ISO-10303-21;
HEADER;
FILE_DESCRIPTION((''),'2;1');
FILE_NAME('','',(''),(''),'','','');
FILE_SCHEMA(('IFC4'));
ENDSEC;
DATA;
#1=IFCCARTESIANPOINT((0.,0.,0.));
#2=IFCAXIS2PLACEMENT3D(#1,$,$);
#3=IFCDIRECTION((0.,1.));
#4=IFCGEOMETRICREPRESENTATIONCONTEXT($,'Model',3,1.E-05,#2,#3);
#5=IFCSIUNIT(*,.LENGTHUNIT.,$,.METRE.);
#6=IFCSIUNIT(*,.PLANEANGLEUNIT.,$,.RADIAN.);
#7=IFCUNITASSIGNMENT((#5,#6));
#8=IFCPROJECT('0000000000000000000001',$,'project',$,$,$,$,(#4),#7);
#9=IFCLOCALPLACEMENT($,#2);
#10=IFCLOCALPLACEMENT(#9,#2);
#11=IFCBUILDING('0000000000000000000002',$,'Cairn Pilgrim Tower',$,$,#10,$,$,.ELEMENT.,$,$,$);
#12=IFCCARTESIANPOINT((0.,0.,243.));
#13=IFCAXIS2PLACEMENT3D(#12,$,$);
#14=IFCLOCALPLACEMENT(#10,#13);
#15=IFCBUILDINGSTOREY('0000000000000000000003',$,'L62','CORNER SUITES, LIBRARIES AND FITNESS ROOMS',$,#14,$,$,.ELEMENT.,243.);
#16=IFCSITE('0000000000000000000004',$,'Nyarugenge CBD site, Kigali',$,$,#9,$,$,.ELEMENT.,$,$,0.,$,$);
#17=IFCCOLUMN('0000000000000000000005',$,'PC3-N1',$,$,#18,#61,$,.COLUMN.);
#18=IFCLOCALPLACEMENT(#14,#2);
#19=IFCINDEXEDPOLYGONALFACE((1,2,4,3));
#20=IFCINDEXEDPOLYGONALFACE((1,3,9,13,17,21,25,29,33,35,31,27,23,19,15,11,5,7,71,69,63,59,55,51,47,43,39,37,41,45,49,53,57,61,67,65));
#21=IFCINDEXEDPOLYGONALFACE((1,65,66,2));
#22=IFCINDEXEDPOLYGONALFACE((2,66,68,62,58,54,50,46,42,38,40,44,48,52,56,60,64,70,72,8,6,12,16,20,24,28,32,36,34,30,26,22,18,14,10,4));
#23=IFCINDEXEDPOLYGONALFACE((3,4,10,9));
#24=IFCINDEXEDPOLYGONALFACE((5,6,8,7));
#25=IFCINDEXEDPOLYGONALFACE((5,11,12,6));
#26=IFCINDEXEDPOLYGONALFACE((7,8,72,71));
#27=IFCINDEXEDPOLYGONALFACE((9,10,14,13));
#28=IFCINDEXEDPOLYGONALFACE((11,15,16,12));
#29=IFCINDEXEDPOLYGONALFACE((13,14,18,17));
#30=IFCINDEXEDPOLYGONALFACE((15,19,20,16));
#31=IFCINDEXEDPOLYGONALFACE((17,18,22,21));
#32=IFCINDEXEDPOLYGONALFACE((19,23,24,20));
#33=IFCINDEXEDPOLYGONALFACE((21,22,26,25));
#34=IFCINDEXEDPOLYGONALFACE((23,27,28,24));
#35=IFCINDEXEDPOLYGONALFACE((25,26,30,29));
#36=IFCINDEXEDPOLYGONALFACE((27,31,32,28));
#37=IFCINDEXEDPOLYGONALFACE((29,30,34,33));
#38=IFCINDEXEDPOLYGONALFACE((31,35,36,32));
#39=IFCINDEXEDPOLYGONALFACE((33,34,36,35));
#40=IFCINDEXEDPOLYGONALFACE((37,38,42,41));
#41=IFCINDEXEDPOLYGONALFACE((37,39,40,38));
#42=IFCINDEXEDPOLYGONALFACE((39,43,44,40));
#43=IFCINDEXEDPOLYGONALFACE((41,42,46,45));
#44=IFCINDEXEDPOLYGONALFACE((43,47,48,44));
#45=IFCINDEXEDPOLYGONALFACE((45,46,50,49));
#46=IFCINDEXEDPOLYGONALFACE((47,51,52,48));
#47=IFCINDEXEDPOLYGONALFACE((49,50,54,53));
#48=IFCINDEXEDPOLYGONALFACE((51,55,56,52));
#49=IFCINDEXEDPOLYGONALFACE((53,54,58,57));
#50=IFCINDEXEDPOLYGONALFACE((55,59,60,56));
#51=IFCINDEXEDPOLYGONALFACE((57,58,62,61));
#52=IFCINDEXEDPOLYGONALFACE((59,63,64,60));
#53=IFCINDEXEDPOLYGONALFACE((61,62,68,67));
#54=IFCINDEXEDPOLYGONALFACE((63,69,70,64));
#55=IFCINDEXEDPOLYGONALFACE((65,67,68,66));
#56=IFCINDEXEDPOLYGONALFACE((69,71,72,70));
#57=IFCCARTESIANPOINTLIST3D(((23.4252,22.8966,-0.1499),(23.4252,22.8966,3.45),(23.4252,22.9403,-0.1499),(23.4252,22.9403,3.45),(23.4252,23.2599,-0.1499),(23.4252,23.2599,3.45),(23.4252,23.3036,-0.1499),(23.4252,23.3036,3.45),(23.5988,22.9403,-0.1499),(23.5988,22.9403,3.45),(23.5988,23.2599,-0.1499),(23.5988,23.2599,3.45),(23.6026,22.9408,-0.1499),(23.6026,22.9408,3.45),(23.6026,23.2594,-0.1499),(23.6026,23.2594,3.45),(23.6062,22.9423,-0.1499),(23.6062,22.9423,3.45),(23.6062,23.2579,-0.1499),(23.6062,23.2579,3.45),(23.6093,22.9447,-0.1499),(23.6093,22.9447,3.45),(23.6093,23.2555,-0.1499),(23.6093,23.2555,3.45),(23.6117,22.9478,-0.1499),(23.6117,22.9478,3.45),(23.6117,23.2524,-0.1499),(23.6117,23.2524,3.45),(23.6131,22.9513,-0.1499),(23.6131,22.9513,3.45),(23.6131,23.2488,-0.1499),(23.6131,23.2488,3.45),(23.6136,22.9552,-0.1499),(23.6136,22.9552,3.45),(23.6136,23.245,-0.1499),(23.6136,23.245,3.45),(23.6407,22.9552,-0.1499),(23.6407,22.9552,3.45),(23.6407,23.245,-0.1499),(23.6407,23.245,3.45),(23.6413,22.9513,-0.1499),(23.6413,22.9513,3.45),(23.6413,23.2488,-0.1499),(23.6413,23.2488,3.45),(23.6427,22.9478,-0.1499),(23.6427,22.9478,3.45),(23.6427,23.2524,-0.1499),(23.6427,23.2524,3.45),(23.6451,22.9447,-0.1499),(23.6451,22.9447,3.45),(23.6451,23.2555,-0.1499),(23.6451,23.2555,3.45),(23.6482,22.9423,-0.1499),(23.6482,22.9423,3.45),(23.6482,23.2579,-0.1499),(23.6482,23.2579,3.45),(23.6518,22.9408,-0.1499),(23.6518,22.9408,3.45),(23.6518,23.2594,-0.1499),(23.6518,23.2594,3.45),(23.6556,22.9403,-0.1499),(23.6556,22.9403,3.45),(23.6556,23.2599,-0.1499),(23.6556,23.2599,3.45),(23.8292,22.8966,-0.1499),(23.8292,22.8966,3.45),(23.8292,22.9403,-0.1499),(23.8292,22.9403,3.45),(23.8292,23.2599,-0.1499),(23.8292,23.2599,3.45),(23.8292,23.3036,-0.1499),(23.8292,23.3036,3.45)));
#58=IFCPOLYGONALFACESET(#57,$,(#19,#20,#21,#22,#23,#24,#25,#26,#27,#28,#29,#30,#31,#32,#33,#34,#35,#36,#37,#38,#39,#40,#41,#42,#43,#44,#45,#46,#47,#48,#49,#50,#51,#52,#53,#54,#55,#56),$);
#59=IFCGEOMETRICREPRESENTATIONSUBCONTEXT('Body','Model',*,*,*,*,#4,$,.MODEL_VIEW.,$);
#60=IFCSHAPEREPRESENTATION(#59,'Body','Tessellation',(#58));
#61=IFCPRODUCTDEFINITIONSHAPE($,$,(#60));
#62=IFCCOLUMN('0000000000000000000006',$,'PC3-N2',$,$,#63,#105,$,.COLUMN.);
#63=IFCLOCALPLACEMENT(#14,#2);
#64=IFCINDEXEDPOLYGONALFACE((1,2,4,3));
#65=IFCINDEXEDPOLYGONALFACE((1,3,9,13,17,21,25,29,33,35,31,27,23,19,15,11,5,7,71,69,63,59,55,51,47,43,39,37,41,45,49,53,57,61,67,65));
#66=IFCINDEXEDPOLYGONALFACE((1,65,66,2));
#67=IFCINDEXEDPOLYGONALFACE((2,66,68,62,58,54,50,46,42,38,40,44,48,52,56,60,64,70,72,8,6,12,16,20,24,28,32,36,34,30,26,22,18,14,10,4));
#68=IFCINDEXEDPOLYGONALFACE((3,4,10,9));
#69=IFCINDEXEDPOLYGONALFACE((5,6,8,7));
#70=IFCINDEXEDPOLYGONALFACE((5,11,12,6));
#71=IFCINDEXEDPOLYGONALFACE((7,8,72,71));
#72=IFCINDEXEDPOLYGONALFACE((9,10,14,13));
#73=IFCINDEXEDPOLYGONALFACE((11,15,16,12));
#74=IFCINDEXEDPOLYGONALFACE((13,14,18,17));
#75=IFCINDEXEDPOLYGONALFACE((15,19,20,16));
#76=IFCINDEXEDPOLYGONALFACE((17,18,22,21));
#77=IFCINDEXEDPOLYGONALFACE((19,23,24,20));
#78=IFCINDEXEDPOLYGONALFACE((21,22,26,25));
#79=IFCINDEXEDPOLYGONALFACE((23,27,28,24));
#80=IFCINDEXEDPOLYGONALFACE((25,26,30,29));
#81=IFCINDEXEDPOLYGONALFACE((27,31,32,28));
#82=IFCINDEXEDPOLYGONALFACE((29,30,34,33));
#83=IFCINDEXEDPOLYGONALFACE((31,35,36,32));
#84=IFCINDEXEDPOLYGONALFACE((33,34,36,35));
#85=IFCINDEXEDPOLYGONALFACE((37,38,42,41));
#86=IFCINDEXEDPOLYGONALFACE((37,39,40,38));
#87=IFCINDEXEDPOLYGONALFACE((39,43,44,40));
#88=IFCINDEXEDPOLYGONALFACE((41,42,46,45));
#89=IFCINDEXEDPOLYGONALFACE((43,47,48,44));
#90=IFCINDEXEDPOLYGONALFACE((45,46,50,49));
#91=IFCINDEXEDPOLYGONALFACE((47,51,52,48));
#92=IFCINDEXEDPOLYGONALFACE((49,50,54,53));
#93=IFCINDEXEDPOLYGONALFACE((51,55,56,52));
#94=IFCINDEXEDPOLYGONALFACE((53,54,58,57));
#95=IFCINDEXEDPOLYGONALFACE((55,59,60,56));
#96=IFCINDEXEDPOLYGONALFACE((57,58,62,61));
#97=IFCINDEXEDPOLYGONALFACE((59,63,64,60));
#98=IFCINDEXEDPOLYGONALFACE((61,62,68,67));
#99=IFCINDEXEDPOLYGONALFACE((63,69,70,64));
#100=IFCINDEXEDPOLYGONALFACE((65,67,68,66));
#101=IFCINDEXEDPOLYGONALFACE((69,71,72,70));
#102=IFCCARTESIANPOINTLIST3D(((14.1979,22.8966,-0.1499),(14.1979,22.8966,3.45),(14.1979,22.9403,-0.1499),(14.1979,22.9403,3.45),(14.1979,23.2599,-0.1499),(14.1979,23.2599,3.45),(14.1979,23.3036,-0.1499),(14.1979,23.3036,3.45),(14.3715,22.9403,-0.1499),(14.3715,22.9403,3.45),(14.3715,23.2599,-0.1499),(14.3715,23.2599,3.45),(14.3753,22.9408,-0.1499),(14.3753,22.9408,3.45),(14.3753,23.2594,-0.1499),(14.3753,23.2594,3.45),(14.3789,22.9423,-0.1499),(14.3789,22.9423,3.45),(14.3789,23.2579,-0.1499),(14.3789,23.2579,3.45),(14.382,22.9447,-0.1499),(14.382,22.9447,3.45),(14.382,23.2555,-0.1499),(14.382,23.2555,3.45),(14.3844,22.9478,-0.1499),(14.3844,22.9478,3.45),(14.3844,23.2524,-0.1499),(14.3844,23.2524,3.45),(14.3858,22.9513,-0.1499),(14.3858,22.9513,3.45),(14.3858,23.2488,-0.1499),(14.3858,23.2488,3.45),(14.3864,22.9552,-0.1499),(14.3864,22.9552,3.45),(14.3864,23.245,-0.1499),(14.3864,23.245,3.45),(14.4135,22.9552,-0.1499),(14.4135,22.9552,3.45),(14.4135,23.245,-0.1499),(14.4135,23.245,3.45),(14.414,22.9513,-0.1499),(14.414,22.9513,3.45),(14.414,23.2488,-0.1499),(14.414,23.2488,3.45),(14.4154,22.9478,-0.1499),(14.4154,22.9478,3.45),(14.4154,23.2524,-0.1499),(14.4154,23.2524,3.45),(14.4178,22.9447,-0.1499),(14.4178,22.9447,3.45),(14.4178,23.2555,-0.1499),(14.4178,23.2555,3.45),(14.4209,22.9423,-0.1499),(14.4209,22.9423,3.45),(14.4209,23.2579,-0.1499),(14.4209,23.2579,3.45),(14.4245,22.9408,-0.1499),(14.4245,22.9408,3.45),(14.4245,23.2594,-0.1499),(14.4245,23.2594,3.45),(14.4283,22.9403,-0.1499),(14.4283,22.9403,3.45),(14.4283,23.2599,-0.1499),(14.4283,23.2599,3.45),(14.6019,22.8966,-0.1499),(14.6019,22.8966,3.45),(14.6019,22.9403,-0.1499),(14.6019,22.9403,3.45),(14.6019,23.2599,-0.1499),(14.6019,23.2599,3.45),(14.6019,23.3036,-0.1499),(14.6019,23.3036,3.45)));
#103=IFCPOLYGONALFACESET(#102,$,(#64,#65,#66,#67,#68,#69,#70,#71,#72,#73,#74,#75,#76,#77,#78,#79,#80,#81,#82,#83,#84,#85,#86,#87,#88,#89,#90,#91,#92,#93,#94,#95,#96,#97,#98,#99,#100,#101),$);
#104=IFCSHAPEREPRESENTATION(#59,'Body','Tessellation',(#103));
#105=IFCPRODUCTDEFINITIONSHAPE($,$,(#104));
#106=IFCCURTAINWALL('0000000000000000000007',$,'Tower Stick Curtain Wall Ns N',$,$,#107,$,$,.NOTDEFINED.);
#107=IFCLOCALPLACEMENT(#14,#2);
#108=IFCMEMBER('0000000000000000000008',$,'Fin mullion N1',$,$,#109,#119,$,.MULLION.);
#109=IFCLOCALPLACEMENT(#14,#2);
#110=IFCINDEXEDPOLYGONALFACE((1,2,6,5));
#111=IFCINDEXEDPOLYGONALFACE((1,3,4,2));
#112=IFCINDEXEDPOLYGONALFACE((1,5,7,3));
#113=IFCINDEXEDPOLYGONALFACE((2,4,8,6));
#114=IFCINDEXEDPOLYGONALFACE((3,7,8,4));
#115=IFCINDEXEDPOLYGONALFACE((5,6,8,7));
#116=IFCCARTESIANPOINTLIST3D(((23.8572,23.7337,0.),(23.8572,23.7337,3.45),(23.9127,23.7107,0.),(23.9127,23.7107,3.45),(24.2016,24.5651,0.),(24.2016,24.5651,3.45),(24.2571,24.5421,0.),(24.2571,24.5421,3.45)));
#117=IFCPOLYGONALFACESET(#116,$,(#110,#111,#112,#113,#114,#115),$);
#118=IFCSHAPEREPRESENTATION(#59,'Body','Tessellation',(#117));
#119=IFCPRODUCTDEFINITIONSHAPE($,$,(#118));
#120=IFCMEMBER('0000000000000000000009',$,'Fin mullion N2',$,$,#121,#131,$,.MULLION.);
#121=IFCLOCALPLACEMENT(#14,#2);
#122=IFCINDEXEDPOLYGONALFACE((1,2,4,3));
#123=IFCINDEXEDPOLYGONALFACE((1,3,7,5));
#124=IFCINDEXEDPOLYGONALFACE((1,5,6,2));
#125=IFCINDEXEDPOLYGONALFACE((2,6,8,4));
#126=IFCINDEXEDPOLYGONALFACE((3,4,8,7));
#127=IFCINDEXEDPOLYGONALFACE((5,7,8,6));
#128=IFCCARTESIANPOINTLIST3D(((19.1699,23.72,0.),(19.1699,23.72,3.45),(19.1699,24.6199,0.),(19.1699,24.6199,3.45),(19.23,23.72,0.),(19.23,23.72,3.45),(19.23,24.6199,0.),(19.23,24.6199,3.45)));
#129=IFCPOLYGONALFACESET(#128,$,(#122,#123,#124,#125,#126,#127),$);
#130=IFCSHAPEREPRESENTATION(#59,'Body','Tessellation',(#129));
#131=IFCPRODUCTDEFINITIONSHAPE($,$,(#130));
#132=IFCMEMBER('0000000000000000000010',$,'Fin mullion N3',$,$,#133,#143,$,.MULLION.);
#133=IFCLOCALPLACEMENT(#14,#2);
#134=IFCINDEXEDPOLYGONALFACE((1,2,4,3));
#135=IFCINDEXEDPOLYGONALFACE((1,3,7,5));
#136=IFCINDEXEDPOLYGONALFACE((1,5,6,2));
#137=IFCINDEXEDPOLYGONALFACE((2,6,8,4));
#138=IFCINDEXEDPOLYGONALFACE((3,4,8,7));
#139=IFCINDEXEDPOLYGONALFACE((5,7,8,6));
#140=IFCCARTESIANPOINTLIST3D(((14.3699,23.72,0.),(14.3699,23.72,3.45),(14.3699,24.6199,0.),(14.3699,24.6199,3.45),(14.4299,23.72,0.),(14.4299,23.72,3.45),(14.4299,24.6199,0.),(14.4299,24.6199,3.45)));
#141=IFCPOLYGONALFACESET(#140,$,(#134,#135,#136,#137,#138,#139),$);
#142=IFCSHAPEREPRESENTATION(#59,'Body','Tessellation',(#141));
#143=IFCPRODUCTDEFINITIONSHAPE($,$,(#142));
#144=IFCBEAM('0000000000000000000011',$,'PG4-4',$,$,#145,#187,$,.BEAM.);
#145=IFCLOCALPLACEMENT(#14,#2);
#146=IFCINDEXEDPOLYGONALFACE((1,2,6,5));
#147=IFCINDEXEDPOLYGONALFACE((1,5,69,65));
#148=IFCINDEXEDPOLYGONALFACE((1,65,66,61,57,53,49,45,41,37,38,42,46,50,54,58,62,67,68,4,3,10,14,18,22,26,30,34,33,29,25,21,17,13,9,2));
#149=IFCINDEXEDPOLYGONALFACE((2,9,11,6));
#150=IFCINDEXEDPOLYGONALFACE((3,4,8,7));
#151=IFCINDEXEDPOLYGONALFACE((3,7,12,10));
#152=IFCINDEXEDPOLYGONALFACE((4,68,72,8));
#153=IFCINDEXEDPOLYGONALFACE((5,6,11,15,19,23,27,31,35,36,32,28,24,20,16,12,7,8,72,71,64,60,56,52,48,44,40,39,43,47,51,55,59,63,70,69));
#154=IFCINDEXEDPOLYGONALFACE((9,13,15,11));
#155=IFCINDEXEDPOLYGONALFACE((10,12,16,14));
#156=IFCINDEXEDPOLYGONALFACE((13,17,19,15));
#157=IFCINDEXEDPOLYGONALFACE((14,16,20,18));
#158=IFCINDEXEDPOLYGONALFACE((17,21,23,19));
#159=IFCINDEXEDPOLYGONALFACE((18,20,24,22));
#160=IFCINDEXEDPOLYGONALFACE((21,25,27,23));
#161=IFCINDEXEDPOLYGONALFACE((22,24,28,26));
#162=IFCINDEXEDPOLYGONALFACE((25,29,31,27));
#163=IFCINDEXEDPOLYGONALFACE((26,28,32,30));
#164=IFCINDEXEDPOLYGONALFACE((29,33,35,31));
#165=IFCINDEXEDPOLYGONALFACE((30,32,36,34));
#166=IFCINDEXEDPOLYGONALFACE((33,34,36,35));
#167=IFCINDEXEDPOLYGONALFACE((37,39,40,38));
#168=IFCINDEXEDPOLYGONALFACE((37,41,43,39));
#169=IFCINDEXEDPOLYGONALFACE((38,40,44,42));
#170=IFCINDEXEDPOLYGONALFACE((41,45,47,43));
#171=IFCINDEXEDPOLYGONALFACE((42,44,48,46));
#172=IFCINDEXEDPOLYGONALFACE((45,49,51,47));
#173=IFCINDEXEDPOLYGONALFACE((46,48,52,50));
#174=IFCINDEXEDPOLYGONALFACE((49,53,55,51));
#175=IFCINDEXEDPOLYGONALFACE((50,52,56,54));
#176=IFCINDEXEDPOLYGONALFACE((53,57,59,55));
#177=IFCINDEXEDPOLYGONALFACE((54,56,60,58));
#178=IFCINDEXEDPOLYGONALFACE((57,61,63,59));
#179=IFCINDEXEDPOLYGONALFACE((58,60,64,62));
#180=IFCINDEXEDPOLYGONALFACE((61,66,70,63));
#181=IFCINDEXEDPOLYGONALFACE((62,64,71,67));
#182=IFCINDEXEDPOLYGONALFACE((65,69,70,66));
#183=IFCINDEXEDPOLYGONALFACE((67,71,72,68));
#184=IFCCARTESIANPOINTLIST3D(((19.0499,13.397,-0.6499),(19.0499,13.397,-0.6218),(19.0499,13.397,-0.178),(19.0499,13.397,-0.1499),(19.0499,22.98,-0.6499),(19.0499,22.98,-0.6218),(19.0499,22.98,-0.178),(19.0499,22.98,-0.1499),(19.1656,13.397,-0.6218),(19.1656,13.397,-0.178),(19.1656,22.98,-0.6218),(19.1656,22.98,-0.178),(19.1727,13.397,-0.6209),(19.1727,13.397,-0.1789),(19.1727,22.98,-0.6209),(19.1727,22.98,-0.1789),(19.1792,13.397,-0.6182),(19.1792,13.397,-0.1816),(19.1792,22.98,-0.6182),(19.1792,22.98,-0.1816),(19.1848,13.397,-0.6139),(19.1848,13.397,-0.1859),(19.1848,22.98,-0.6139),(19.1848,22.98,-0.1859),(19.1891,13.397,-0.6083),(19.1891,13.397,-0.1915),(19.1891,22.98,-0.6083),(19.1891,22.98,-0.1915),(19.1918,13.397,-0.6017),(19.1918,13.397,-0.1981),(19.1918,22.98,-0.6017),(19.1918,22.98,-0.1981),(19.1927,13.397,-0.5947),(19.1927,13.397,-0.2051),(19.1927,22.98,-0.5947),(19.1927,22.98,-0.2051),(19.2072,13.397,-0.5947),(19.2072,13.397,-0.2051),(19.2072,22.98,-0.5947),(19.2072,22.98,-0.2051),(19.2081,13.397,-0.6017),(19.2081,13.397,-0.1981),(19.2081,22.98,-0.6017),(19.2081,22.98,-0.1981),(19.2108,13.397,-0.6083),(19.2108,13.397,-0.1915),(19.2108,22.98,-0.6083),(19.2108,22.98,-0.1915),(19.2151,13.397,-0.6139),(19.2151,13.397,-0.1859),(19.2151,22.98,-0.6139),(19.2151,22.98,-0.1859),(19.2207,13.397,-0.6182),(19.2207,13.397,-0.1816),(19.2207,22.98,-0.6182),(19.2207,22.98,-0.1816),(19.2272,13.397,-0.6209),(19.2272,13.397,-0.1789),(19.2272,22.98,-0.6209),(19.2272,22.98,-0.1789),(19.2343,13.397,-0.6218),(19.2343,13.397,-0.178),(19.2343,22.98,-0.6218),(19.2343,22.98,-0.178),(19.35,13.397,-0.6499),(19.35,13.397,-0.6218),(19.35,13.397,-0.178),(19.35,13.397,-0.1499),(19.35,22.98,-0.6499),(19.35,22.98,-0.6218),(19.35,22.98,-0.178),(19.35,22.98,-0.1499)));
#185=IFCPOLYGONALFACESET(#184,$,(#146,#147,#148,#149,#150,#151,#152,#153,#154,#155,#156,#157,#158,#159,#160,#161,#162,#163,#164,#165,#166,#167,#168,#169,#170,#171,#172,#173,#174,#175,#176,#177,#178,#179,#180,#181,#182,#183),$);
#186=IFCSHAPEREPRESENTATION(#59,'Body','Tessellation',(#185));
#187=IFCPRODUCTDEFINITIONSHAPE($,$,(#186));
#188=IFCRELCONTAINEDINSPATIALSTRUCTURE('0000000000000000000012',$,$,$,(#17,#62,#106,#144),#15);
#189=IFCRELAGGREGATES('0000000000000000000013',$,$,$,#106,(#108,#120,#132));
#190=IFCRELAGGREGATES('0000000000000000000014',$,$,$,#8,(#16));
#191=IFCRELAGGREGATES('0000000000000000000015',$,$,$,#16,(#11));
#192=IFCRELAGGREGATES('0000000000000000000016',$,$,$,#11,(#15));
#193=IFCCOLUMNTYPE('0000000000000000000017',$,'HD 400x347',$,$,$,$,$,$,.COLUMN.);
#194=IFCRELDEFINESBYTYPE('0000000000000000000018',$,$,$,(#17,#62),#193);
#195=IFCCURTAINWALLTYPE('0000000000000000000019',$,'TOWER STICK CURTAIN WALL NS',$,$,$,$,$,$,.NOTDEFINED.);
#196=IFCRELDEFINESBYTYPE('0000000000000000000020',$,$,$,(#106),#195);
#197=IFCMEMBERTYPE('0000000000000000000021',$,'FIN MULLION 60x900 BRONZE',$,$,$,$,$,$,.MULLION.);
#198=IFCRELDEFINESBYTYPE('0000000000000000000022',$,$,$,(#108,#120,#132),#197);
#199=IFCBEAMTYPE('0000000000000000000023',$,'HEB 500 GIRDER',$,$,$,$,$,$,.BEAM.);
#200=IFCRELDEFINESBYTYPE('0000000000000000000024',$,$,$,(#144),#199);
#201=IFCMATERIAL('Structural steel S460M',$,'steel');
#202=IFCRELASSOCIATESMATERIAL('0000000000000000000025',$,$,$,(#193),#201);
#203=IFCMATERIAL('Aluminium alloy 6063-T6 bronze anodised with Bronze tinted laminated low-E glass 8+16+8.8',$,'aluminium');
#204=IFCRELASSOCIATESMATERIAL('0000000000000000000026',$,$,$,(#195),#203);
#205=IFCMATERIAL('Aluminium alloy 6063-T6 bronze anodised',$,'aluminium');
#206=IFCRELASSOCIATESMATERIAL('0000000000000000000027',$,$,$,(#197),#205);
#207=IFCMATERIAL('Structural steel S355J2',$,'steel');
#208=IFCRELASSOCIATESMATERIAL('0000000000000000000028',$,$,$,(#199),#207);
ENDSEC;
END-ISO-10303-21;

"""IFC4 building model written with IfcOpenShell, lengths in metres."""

from ifc_helpers import new_model, si_unit, direction, frame, origin, origin_2d, place, context, subcontext, project, spatial, rectangle, i_section, extrude, material, material_profile, profile_set, type_object, element, aggregate, save


model = new_model("IFC4")

# Units and contexts
model_context = context("Model", 3, precision=1e-05, world=origin(), true_north=direction((0.0, 1.0)))
body_context = subcontext(model_context, "Body", "Model", "MODEL_VIEW")
ifc_project = project(units=[si_unit("LENGTHUNIT", "METRE"), si_unit("PLANEANGLEUNIT", "RADIAN")], contexts=[model_context])

# Site, building, storey
site_placement = place(None, origin())
site = spatial("IfcSite", under=ifc_project, at=site_placement, Name="Nyarugenge CBD site, Kigali", CompositionType="ELEMENT", RefElevation=0.0)
building_placement = place(site_placement, origin())
building = spatial("IfcBuilding", under=site, at=building_placement, Name="Cairn Pilgrim Tower", CompositionType="ELEMENT")
storey_placement = place(building_placement, frame((0.0, 0.0, 243.0)))
storey = spatial("IfcBuildingStorey", under=building, at=storey_placement, Name="L62", Description="CORNER SUITES, LIBRARIES AND FITNESS ROOMS", CompositionType="ELEMENT", Elevation=243.0)

# Columns
ifc_material_1 = material(Name="Structural steel S460M", Category="steel")
ifc_material_profile_1 = material_profile(ifc_material_1, i_section(OverallWidth=0.4041, OverallDepth=0.407, WebThickness=0.0271, FlangeThickness=0.0437, FilletRadius=0.0149, at=origin_2d()), Name="HD 400x347")
ifc_profile_set_1 = profile_set([ifc_material_profile_1], Name="Structural steel S460M")
column_type = type_object("IfcColumnType", Name="HD 400x347", PredefinedType="COLUMN", material=ifc_profile_set_1)
for number, where, z_axis, x_axis, name in (
    (1, (23.6272, 23.1001, -0.1499), (0.0, 0.0, 1.0), (1.0, 0.0, 0.0), "PC3-N1"),
    (2, (14.3999, 23.1001, -0.1499), (0.0, 0.0, 1.0), (1.0, 0.0, 0.0), "PC3-N2"),
):
    element("IfcColumn", number, at=place(storey_placement, frame(where, z_axis=z_axis, x_axis=x_axis)), inside=storey, type_object=column_type, Name=name, PredefinedType="COLUMN", context=body_context, shape_type="SweptSolid", body=[
        extrude(i_section(OverallWidth=0.4041, OverallDepth=0.407, WebThickness=0.0271, FlangeThickness=0.0437, FilletRadius=0.0149, at=origin_2d()), origin(), (0.0, 0.0, 1.0), 3.5999),
    ])

# Curtain wall, members
ifc_material_2 = material(Name="Aluminium alloy 6063-T6 bronze anodised with Bronze tinted laminated low-E glass 8+16+8.8", Category="aluminium")
curtain_wall_type = type_object("IfcCurtainWallType", Name="TOWER STICK CURTAIN WALL NS", PredefinedType="NOTDEFINED", material=ifc_material_2)
curtain_wall_placement = place(storey_placement, origin())
curtain_wall = element("IfcCurtainWall", 3, at=curtain_wall_placement, inside=storey, type_object=curtain_wall_type, Name="Tower Stick Curtain Wall Ns N", PredefinedType="NOTDEFINED")
ifc_material_3 = material(Name="Aluminium alloy 6063-T6 bronze anodised", Category="aluminium")
ifc_material_profile_2 = material_profile(ifc_material_3, rectangle(XDim=0.8999, YDim=0.0601, at=origin_2d()), Name="FIN MULLION 60x900 BRONZE")
ifc_profile_set_2 = profile_set([ifc_material_profile_2], Name="Aluminium alloy 6063-T6 bronze anodised")
member_type_1 = type_object("IfcMemberType", Name="FIN MULLION 60x900 BRONZE", PredefinedType="MULLION", material=ifc_profile_set_2)
member_1_placement = place(storey_placement, frame((24.0571, 24.1379, 0.0), z_axis=(0.0, 0.0, 1.0), x_axis=(0.382683, 0.92388, 0.0)))
member_1 = element("IfcMember", 4, at=member_1_placement, type_object=member_type_1, Name="Fin mullion N1", PredefinedType="MULLION", context=body_context, shape_type="SweptSolid", body=[
    extrude(rectangle(XDim=0.8999, YDim=0.0601, at=origin_2d()), origin(), (0.0, 0.0, 1.0), 3.45),
])
member_2_placement = place(storey_placement, frame((19.2, 24.1699, 0.0), z_axis=(0.0, 0.0, 1.0), x_axis=(0.0, 1.0, 0.0)))
member_2 = element("IfcMember", 5, at=member_2_placement, type_object=member_type_1, Name="Fin mullion N2", PredefinedType="MULLION", context=body_context, shape_type="SweptSolid", body=[
    extrude(rectangle(XDim=0.8999, YDim=0.0601, at=origin_2d()), origin(), (0.0, 0.0, 1.0), 3.45),
])
member_3_placement = place(storey_placement, frame((14.3999, 24.1699, 0.0), z_axis=(0.0, 0.0, 1.0), x_axis=(0.0, 1.0, 0.0)))
member_3 = element("IfcMember", 6, at=member_3_placement, type_object=member_type_1, Name="Fin mullion N3", PredefinedType="MULLION", context=body_context, shape_type="SweptSolid", body=[
    extrude(rectangle(XDim=0.8999, YDim=0.0601, at=origin_2d()), origin(), (0.0, 0.0, 1.0), 3.45),
])

# Beam
ifc_material_4 = material(Name="Structural steel S355J2", Category="steel")
ifc_material_profile_3 = material_profile(ifc_material_4, i_section(OverallWidth=0.3, OverallDepth=0.5, WebThickness=0.0144, FlangeThickness=0.0281, FilletRadius=0.0271, at=origin_2d()), Name="HEB 500")
ifc_profile_set_3 = profile_set([ifc_material_profile_3], Name="Structural steel S355J2")
beam_type_1 = type_object("IfcBeamType", Name="HEB 500 GIRDER", PredefinedType="BEAM", material=ifc_profile_set_3)
beam_1_placement = place(storey_placement, frame((19.2, 13.397, -0.3999), z_axis=(0.0, 1.0, 0.0), x_axis=(-1.0, 0.0, 0.0)))
element("IfcBeam", 7, at=beam_1_placement, inside=storey, type_object=beam_type_1, Name="PG4-4", PredefinedType="BEAM", context=body_context, shape_type="SweptSolid", body=[
    extrude(i_section(OverallWidth=0.3, OverallDepth=0.5, WebThickness=0.0144, FlangeThickness=0.0281, FilletRadius=0.0271, at=origin_2d()), origin(), (0.0, 0.0, 1.0), 9.583),
])

aggregate(curtain_wall, [member_1, member_2, member_3])

save(model, "model.ifc")
